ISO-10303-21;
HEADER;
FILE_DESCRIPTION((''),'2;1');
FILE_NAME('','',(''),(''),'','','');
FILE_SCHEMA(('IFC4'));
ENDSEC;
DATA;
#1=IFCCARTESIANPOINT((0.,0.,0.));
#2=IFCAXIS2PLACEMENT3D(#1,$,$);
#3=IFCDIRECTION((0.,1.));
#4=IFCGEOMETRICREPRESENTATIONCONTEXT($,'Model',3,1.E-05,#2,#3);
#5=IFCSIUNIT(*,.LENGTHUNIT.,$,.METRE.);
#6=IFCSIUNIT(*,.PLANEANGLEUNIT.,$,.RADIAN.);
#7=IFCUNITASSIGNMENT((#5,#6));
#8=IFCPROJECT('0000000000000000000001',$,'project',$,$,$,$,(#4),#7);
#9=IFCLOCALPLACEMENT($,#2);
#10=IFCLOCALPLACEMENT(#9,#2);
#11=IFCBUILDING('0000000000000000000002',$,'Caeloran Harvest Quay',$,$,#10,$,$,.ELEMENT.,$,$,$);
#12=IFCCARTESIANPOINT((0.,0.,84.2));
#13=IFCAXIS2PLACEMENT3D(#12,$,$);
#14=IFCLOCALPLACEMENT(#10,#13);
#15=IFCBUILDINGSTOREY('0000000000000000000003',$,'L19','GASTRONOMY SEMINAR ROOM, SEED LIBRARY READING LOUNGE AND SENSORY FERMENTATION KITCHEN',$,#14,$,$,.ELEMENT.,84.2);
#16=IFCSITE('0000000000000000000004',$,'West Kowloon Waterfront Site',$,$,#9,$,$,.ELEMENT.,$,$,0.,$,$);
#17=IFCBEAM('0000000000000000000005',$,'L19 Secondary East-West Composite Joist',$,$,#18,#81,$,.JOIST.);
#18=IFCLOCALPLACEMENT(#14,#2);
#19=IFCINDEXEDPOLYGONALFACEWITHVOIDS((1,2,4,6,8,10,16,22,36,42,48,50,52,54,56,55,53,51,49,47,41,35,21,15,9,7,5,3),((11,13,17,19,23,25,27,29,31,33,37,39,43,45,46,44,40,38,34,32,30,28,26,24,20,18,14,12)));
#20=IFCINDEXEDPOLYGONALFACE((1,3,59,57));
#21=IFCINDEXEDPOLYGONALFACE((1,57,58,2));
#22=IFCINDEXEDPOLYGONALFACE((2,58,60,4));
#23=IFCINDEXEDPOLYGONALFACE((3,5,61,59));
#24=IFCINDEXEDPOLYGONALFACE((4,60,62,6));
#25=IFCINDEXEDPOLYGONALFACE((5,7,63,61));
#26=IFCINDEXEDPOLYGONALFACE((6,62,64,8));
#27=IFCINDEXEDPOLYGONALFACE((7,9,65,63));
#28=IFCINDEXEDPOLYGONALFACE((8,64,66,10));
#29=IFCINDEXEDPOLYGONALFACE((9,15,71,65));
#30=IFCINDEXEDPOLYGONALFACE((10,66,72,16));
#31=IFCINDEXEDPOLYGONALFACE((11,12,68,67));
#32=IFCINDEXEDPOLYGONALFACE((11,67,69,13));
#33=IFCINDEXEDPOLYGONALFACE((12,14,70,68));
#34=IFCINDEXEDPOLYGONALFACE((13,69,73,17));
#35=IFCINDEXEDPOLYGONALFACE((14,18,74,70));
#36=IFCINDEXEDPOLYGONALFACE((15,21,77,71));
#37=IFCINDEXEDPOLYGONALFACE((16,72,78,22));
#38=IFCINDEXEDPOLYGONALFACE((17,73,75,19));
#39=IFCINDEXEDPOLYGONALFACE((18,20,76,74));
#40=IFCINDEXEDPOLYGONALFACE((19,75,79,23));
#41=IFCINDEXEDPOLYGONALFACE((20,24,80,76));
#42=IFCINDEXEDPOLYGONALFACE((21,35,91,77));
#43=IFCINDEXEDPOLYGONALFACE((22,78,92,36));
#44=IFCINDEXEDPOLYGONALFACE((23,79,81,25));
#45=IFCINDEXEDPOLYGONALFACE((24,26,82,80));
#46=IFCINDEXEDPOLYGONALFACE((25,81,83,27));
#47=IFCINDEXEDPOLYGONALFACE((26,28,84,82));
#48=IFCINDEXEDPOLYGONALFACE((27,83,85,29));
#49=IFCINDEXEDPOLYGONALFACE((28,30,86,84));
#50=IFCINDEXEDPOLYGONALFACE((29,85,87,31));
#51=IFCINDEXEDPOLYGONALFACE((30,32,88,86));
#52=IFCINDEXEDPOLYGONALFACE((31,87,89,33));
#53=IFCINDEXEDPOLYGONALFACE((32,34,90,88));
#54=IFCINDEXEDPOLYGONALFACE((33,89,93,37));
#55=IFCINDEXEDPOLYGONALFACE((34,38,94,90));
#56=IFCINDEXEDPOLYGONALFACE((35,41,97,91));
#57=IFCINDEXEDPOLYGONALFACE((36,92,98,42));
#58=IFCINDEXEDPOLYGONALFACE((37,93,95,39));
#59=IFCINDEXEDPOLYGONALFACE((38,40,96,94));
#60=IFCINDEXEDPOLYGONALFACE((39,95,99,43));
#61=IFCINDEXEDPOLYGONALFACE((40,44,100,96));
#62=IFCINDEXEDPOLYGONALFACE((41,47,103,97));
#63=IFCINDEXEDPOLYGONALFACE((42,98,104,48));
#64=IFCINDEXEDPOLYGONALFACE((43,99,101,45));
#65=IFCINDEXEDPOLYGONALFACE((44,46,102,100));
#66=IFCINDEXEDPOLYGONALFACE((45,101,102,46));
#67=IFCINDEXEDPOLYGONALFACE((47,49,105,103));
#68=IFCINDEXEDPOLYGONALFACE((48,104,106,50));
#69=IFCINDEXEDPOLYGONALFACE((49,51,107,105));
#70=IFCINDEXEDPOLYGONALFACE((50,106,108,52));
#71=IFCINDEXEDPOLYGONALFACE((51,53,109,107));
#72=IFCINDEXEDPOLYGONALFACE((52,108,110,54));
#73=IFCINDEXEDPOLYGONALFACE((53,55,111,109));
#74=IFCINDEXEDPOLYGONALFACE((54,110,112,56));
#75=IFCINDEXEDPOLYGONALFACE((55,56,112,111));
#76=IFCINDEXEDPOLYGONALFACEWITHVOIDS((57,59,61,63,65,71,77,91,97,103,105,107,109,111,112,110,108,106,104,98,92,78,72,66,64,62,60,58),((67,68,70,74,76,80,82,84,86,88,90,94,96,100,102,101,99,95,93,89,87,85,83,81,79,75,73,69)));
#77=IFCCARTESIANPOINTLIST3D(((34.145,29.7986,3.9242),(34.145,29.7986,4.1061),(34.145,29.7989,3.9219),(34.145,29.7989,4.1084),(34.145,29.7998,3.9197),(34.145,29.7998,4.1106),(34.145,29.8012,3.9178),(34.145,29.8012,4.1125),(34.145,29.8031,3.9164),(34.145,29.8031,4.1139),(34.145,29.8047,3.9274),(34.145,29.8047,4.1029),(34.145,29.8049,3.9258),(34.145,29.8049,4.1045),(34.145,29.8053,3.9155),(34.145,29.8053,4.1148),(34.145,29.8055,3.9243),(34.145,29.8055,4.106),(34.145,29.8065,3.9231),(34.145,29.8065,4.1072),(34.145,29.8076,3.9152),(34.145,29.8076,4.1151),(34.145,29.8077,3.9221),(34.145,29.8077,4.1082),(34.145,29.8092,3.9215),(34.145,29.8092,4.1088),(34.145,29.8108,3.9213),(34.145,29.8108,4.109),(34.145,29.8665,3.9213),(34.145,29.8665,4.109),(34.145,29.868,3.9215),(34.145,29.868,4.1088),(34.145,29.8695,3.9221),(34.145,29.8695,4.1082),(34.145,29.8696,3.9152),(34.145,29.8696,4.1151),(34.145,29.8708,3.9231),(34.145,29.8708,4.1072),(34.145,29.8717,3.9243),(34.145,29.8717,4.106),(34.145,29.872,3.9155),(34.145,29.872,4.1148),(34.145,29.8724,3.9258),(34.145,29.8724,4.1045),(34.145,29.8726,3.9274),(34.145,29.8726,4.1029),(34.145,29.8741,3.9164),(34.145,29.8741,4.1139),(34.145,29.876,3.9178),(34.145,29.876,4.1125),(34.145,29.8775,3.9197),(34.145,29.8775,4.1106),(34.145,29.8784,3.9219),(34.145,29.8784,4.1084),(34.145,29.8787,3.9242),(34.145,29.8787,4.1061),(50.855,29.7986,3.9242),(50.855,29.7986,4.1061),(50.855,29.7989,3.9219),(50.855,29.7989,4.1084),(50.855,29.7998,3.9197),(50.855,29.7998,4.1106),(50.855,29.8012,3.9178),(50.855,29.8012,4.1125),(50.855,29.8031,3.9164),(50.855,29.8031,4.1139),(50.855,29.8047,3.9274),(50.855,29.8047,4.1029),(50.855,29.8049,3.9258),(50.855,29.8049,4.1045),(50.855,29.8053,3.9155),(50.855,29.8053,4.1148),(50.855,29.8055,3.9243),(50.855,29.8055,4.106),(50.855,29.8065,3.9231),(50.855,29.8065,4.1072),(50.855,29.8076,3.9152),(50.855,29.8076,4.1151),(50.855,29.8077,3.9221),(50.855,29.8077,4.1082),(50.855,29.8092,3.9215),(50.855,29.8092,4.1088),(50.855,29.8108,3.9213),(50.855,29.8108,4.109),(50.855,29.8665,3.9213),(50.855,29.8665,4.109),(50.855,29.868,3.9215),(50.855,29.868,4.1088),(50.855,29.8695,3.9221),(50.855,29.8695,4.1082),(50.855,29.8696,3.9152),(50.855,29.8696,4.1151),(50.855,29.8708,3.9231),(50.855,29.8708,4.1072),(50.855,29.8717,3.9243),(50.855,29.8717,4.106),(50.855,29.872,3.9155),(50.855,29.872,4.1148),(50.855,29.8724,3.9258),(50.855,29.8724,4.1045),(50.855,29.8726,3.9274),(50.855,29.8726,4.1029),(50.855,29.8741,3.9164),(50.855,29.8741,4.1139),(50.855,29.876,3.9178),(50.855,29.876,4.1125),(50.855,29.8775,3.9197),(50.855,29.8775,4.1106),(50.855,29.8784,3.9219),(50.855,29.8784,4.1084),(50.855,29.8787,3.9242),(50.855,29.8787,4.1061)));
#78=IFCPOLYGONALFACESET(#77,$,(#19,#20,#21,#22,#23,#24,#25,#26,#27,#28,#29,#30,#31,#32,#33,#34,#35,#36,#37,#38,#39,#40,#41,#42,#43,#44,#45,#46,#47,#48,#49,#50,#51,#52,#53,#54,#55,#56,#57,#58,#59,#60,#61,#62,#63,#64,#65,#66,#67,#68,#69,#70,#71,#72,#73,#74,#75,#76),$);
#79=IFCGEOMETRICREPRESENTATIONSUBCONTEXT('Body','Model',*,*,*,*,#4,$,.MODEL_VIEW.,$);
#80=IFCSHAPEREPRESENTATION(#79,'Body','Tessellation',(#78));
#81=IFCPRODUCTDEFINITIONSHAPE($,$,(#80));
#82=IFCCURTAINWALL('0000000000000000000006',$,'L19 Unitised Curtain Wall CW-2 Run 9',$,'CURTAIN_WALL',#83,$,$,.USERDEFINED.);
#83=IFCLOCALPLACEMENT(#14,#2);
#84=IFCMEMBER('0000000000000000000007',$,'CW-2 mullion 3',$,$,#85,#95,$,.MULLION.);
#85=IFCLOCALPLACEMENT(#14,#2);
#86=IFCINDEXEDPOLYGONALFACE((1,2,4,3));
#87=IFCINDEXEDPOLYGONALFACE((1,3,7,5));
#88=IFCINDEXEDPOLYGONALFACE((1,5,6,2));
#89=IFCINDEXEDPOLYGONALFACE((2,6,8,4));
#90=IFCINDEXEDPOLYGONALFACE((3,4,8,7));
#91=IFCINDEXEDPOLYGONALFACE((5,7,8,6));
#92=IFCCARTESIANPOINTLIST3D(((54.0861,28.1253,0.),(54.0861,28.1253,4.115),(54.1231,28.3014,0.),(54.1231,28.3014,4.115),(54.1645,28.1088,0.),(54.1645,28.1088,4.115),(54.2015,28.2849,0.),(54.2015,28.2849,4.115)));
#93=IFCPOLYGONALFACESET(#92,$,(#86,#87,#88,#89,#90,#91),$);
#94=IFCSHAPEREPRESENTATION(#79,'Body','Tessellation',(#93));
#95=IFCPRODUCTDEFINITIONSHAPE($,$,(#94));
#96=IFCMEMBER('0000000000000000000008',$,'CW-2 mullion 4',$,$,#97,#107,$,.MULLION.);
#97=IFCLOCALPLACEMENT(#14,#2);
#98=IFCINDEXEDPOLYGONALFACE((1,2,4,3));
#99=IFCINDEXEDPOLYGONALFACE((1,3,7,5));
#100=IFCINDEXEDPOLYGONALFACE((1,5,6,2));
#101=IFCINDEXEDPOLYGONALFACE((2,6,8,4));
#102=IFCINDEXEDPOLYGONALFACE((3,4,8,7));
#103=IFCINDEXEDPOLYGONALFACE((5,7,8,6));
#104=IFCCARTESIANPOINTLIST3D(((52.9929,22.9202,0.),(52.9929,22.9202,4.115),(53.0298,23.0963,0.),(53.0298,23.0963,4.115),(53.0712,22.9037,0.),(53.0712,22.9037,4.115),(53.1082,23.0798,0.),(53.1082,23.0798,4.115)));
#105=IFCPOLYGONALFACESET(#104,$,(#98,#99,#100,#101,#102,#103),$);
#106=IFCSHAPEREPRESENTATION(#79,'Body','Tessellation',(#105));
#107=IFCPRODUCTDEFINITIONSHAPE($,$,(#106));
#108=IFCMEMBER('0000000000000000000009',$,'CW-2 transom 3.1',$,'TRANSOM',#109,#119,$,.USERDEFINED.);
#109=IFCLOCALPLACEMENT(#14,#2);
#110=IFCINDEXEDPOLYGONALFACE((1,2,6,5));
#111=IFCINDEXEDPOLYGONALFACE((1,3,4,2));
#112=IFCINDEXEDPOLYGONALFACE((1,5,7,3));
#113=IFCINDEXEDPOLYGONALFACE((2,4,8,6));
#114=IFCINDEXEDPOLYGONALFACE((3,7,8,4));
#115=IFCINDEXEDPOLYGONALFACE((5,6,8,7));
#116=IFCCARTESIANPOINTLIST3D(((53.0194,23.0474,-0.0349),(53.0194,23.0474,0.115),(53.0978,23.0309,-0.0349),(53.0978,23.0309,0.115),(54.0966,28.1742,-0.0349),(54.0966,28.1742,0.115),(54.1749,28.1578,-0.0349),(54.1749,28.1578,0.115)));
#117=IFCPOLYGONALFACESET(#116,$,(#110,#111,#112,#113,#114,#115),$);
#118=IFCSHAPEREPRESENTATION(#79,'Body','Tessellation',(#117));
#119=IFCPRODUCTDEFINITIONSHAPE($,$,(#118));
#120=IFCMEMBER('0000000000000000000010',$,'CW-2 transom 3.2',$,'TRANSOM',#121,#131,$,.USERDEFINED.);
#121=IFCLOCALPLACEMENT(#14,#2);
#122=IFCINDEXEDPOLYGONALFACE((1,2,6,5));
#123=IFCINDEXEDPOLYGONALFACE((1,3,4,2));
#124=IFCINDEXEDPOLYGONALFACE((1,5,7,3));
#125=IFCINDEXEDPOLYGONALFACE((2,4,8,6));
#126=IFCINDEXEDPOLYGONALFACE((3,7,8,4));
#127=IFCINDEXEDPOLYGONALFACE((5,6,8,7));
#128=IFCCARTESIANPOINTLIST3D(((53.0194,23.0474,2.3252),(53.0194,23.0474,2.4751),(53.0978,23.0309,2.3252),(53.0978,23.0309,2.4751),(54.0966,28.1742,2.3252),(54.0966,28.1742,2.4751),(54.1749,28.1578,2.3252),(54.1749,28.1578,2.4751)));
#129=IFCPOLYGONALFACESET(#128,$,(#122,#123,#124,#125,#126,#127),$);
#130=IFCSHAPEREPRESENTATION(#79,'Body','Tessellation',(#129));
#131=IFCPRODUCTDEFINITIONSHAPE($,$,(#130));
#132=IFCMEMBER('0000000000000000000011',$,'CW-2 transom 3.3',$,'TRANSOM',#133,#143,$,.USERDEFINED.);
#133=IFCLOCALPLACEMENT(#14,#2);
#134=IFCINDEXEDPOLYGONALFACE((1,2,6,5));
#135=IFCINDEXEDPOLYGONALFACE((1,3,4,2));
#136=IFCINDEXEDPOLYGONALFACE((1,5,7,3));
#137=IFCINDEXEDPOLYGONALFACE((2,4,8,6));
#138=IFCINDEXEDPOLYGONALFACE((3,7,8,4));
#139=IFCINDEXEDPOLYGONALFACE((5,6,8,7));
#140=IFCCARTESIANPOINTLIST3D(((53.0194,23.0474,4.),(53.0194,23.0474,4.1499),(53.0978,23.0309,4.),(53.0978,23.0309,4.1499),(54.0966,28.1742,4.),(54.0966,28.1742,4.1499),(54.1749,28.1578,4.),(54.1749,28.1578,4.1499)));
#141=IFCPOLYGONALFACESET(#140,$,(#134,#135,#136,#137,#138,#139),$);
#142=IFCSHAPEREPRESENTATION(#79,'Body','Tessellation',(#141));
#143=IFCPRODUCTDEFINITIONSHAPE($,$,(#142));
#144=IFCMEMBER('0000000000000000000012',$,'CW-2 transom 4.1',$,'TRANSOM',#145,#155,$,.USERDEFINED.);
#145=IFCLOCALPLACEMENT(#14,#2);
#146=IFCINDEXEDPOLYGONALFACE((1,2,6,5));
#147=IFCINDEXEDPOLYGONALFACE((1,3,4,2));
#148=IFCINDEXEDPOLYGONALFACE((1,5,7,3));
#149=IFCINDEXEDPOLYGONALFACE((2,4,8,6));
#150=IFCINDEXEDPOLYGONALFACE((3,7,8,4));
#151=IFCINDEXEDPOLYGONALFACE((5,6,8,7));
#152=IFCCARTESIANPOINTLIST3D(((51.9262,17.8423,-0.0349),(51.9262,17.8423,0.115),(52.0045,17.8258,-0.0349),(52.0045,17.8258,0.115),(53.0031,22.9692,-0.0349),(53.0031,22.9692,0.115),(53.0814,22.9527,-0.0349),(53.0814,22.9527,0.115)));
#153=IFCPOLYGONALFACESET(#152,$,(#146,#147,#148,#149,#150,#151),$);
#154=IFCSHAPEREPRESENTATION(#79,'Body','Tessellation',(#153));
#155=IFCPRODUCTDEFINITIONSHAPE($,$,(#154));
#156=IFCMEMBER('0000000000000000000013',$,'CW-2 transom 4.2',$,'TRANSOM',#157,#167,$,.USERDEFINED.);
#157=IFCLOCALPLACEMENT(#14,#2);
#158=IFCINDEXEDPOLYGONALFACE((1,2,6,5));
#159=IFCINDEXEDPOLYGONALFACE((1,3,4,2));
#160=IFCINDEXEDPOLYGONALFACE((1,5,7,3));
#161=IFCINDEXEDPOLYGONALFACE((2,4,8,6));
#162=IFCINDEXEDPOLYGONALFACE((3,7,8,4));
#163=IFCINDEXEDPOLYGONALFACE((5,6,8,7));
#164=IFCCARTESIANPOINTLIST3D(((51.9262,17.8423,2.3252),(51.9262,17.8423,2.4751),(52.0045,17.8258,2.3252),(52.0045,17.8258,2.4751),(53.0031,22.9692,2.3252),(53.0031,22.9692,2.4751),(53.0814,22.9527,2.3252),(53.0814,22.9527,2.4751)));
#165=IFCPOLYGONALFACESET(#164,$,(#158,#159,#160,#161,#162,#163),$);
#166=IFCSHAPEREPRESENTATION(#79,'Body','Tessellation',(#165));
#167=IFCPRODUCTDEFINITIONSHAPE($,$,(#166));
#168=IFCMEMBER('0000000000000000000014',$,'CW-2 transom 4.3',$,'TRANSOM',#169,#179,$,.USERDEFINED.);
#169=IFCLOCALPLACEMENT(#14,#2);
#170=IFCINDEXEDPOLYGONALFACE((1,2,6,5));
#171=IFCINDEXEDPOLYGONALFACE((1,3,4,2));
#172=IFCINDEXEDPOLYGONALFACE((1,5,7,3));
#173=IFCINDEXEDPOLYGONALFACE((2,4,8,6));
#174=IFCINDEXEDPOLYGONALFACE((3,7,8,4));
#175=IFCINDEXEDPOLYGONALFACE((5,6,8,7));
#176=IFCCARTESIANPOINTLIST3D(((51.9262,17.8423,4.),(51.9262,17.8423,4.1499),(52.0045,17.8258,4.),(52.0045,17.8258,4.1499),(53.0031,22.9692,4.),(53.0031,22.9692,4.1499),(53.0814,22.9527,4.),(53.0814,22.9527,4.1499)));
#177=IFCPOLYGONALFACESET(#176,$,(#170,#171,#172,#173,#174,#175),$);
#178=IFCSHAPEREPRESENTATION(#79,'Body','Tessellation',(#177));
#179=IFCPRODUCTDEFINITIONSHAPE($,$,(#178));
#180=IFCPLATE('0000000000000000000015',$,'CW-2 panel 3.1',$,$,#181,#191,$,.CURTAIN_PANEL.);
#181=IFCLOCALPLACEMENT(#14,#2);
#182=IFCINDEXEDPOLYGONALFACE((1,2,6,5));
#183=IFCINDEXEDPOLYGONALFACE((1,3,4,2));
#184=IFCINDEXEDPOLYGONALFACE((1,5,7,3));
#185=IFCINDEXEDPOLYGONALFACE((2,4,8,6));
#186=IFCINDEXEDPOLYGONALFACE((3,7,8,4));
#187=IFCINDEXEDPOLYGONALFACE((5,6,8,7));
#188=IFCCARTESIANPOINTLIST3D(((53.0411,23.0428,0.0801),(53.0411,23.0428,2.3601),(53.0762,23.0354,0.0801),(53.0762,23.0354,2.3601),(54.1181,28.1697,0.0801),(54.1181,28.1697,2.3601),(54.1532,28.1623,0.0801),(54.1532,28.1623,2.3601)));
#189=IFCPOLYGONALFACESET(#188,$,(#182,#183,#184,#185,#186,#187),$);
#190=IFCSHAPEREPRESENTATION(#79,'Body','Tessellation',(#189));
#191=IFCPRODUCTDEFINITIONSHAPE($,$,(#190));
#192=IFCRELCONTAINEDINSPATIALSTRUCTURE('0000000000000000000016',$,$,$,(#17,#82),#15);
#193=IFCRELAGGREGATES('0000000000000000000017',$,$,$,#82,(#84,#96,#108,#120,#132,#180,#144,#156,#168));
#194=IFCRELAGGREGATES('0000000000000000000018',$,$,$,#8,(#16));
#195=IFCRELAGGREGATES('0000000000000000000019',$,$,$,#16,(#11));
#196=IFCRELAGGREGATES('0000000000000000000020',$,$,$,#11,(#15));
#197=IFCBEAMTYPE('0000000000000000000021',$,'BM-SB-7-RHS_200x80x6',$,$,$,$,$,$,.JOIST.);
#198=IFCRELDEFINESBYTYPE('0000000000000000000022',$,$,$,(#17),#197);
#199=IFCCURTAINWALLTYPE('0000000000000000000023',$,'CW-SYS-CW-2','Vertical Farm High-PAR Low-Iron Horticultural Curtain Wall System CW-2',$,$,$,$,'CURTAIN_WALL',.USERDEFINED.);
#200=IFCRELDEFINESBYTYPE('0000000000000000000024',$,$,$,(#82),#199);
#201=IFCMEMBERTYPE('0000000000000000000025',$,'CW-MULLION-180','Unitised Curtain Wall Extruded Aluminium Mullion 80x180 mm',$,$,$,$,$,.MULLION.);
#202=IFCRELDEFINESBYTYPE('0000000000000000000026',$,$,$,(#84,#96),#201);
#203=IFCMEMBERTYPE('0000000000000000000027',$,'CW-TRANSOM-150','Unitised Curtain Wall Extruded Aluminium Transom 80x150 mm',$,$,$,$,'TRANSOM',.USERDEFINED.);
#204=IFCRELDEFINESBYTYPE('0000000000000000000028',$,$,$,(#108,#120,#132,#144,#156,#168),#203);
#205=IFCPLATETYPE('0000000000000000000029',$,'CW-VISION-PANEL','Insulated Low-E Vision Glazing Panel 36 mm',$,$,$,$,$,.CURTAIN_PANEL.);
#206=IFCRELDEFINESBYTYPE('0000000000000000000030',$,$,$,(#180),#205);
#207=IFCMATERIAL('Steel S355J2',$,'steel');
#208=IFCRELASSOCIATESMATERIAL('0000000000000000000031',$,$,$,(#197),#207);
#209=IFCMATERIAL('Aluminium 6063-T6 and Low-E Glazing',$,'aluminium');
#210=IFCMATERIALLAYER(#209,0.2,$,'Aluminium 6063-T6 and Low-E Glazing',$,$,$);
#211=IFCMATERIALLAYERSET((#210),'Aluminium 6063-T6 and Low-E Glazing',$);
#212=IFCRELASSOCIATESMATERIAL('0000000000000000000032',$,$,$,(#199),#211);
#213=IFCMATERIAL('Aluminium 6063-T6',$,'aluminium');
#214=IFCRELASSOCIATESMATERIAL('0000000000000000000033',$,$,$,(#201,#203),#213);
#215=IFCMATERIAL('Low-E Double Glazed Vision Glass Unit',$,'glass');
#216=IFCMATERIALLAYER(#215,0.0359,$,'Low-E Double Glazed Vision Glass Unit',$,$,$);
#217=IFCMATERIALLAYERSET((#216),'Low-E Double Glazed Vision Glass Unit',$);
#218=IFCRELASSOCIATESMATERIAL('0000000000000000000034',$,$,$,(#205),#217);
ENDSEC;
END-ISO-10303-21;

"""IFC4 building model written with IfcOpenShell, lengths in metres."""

from ifc_helpers import new_model, si_unit, direction, frame, origin, origin_2d, place, context, subcontext, project, spatial, rectangle, hollow_rectangle, extrude, material, layer, layer_set, material_profile, profile_set, type_object, element, aggregate, save


model = new_model("IFC4")

# Units and contexts
model_context = context("Model", 3, precision=1e-05, world=origin(), true_north=direction((0.0, 1.0)))
body_context = subcontext(model_context, "Body", "Model", "MODEL_VIEW")
ifc_project = project(units=[si_unit("LENGTHUNIT", "METRE"), si_unit("PLANEANGLEUNIT", "RADIAN")], contexts=[model_context])

# Site, building, storey
site_placement = place(None, origin())
site = spatial("IfcSite", under=ifc_project, at=site_placement, Name="West Kowloon Waterfront Site", CompositionType="ELEMENT", RefElevation=0.0)
building_placement = place(site_placement, origin())
building = spatial("IfcBuilding", under=site, at=building_placement, Name="Caeloran Harvest Quay", CompositionType="ELEMENT")
storey_placement = place(building_placement, frame((0.0, 0.0, 84.2)))
storey = spatial("IfcBuildingStorey", under=building, at=storey_placement, Name="L19", Description="GASTRONOMY SEMINAR ROOM, SEED LIBRARY READING LOUNGE AND SENSORY FERMENTATION KITCHEN", CompositionType="ELEMENT", Elevation=84.2)

# Beam
ifc_material_1 = material(Name="Steel S355J2", Category="steel")
ifc_material_profile_1 = material_profile(ifc_material_1, hollow_rectangle(XDim=0.0801, YDim=0.2, WallThickness=0.0061, InnerFilletRadius=0.0061, OuterFilletRadius=0.009, at=origin_2d()), Name="RHS 200x80x6")
ifc_profile_set_1 = profile_set([ifc_material_profile_1], Name="Steel S355J2")
beam_type_1 = type_object("IfcBeamType", Name="BM-SB-7-RHS_200x80x6", PredefinedType="JOIST", material=ifc_profile_set_1)
for number, where, z_axis, x_axis, name in (
    (1, (34.145, 29.8386, 4.0151), (1.0, 0.0, 0.0), (0.0, 1.0, 0.0), "L19 Secondary East-West Composite Joist"),
):
    element("IfcBeam", number, at=place(storey_placement, frame(where, z_axis=z_axis, x_axis=x_axis)), inside=storey, type_object=beam_type_1, Name=name, PredefinedType="JOIST", context=body_context, shape_type="SweptSolid", body=[
        extrude(hollow_rectangle(XDim=0.0801, YDim=0.2, WallThickness=0.0061, InnerFilletRadius=0.0061, OuterFilletRadius=0.009, at=origin_2d()), origin(), (0.0, 0.0, 1.0), 16.71),
    ])

# Curtain wall, members, plate
ifc_material_2 = material(Name="Aluminium 6063-T6 and Low-E Glazing", Category="aluminium")
ifc_layer_1 = layer(ifc_material_2, 0.2, Name="Aluminium 6063-T6 and Low-E Glazing")
ifc_layer_set_1 = layer_set([ifc_layer_1], Name="Aluminium 6063-T6 and Low-E Glazing")
curtain_wall_type = type_object("IfcCurtainWallType", Name="CW-SYS-CW-2", Description="Vertical Farm High-PAR Low-Iron Horticultural Curtain Wall System CW-2", ElementType="CURTAIN_WALL", PredefinedType="USERDEFINED", material=ifc_layer_set_1)
curtain_wall_placement = place(storey_placement, origin())
curtain_wall = element("IfcCurtainWall", 2, at=curtain_wall_placement, inside=storey, type_object=curtain_wall_type, Name="L19 Unitised Curtain Wall CW-2 Run 9", ObjectType="CURTAIN_WALL", PredefinedType="USERDEFINED")
ifc_material_3 = material(Name="Aluminium 6063-T6", Category="aluminium")
ifc_material_profile_2 = material_profile(ifc_material_3, rectangle(XDim=0.0801, YDim=0.1799, at=origin_2d()), Name="CW-MULLION-180")
ifc_profile_set_2 = profile_set([ifc_material_profile_2], Name="Aluminium 6063-T6")
member_type_1 = type_object("IfcMemberType", Name="CW-MULLION-180", Description="Unitised Curtain Wall Extruded Aluminium Mullion 80x180 mm", PredefinedType="MULLION", material=ifc_profile_set_2)
member_1_placement = place(storey_placement, frame((54.1438, 28.2051, 0.0), z_axis=(0.0, 0.0, 1.0), x_axis=(0.97864, -0.205583, 0.0)))
member_1 = element("IfcMember", 3, at=member_1_placement, type_object=member_type_1, Name="CW-2 mullion 3", PredefinedType="MULLION", context=body_context, shape_type="SweptSolid", body=[
    extrude(rectangle(XDim=0.0801, YDim=0.1799, at=origin_2d()), origin(), (0.0, 0.0, 1.0), 4.115),
])
member_2_placement = place(storey_placement, frame((53.0505, 23.0, 0.0), z_axis=(0.0, 0.0, 1.0), x_axis=(0.97864, -0.205583, 0.0)))
member_2 = element("IfcMember", 4, at=member_2_placement, type_object=member_type_1, Name="CW-2 mullion 4", PredefinedType="MULLION", context=body_context, shape_type="SweptSolid", body=[
    extrude(rectangle(XDim=0.0801, YDim=0.1799, at=origin_2d()), origin(), (0.0, 0.0, 1.0), 4.115),
])
ifc_material_profile_3 = material_profile(ifc_material_3, rectangle(XDim=0.0801, YDim=0.1499, at=origin_2d()), Name="CW-TRANSOM-150")
ifc_profile_set_3 = profile_set([ifc_material_profile_3], Name="Aluminium 6063-T6")
member_type_2 = type_object("IfcMemberType", Name="CW-TRANSOM-150", Description="Unitised Curtain Wall Extruded Aluminium Transom 80x150 mm", ElementType="TRANSOM", PredefinedType="USERDEFINED", material=ifc_profile_set_3)
member_3_placement = place(storey_placement, frame((54.1357, 28.166, 0.04), z_axis=(-0.205607, -0.978635, 0.0), x_axis=(0.978635, -0.205607, 0.0)))
member_3 = element("IfcMember", 5, at=member_3_placement, type_object=member_type_2, Name="CW-2 transom 3.1", ObjectType="TRANSOM", PredefinedType="USERDEFINED", context=body_context, shape_type="SweptSolid", body=[
    extrude(rectangle(XDim=0.0801, YDim=0.1499, at=origin_2d()), origin(), (0.0, 0.0, 1.0), 5.2388),
])
member_4_placement = place(storey_placement, frame((54.1357, 28.166, 2.4001), z_axis=(-0.205607, -0.978635, 0.0), x_axis=(0.978635, -0.205607, 0.0)))
member_4 = element("IfcMember", 6, at=member_4_placement, type_object=member_type_2, Name="CW-2 transom 3.2", ObjectType="TRANSOM", PredefinedType="USERDEFINED", context=body_context, shape_type="SweptSolid", body=[
    extrude(rectangle(XDim=0.0801, YDim=0.1499, at=origin_2d()), origin(), (0.0, 0.0, 1.0), 5.2388),
])
member_5_placement = place(storey_placement, frame((54.1357, 28.166, 4.075), z_axis=(-0.205607, -0.978635, 0.0), x_axis=(0.978635, -0.205607, 0.0)))
member_5 = element("IfcMember", 7, at=member_5_placement, type_object=member_type_2, Name="CW-2 transom 3.3", ObjectType="TRANSOM", PredefinedType="USERDEFINED", context=body_context, shape_type="SweptSolid", body=[
    extrude(rectangle(XDim=0.0801, YDim=0.1499, at=origin_2d()), origin(), (0.0, 0.0, 1.0), 5.2388),
])
member_6_placement = place(storey_placement, frame((53.0422, 22.9609, 0.04), z_axis=(-0.205562, -0.978644, 0.0), x_axis=(0.978644, -0.205562, 0.0)))
member_6 = element("IfcMember", 8, at=member_6_placement, type_object=member_type_2, Name="CW-2 transom 4.1", ObjectType="TRANSOM", PredefinedType="USERDEFINED", context=body_context, shape_type="SweptSolid", body=[
    extrude(rectangle(XDim=0.0801, YDim=0.1499, at=origin_2d()), origin(), (0.0, 0.0, 1.0), 5.2388),
])
member_7_placement = place(storey_placement, frame((53.0422, 22.9609, 2.4001), z_axis=(-0.205562, -0.978644, 0.0), x_axis=(0.978644, -0.205562, 0.0)))
member_7 = element("IfcMember", 9, at=member_7_placement, type_object=member_type_2, Name="CW-2 transom 4.2", ObjectType="TRANSOM", PredefinedType="USERDEFINED", context=body_context, shape_type="SweptSolid", body=[
    extrude(rectangle(XDim=0.0801, YDim=0.1499, at=origin_2d()), origin(), (0.0, 0.0, 1.0), 5.2388),
])
member_8_placement = place(storey_placement, frame((53.0422, 22.9609, 4.075), z_axis=(-0.205562, -0.978644, 0.0), x_axis=(0.978644, -0.205562, 0.0)))
member_8 = element("IfcMember", 10, at=member_8_placement, type_object=member_type_2, Name="CW-2 transom 4.3", ObjectType="TRANSOM", PredefinedType="USERDEFINED", context=body_context, shape_type="SweptSolid", body=[
    extrude(rectangle(XDim=0.0801, YDim=0.1499, at=origin_2d()), origin(), (0.0, 0.0, 1.0), 5.2388),
])
ifc_material_4 = material(Name="Low-E Double Glazed Vision Glass Unit", Category="glass")
ifc_layer_2 = layer(ifc_material_4, 0.0359, Name="Low-E Double Glazed Vision Glass Unit")
ifc_layer_set_2 = layer_set([ifc_layer_2], Name="Low-E Double Glazed Vision Glass Unit")
plate_type = type_object("IfcPlateType", Name="CW-VISION-PANEL", Description="Insulated Low-E Vision Glazing Panel 36 mm", PredefinedType="CURTAIN_PANEL", material=ifc_layer_set_2)
plate_1_placement = place(storey_placement, frame((53.5972, 25.6025, 0.0801), z_axis=(0.0, 0.0, 1.0), x_axis=(-0.205583, -0.97864, 0.0)))
plate_1 = element("IfcPlate", 11, at=plate_1_placement, type_object=plate_type, Name="CW-2 panel 3.1", PredefinedType="CURTAIN_PANEL", context=body_context, shape_type="SweptSolid", body=[
    extrude(rectangle(XDim=5.2388, YDim=0.0359, at=origin_2d()), origin(), (0.0, 0.0, 1.0), 2.28),
])
aggregate(curtain_wall, [member_1, member_2, member_3, member_4, member_5, plate_1, member_6, member_7, member_8])

save(model, "model.ifc")
